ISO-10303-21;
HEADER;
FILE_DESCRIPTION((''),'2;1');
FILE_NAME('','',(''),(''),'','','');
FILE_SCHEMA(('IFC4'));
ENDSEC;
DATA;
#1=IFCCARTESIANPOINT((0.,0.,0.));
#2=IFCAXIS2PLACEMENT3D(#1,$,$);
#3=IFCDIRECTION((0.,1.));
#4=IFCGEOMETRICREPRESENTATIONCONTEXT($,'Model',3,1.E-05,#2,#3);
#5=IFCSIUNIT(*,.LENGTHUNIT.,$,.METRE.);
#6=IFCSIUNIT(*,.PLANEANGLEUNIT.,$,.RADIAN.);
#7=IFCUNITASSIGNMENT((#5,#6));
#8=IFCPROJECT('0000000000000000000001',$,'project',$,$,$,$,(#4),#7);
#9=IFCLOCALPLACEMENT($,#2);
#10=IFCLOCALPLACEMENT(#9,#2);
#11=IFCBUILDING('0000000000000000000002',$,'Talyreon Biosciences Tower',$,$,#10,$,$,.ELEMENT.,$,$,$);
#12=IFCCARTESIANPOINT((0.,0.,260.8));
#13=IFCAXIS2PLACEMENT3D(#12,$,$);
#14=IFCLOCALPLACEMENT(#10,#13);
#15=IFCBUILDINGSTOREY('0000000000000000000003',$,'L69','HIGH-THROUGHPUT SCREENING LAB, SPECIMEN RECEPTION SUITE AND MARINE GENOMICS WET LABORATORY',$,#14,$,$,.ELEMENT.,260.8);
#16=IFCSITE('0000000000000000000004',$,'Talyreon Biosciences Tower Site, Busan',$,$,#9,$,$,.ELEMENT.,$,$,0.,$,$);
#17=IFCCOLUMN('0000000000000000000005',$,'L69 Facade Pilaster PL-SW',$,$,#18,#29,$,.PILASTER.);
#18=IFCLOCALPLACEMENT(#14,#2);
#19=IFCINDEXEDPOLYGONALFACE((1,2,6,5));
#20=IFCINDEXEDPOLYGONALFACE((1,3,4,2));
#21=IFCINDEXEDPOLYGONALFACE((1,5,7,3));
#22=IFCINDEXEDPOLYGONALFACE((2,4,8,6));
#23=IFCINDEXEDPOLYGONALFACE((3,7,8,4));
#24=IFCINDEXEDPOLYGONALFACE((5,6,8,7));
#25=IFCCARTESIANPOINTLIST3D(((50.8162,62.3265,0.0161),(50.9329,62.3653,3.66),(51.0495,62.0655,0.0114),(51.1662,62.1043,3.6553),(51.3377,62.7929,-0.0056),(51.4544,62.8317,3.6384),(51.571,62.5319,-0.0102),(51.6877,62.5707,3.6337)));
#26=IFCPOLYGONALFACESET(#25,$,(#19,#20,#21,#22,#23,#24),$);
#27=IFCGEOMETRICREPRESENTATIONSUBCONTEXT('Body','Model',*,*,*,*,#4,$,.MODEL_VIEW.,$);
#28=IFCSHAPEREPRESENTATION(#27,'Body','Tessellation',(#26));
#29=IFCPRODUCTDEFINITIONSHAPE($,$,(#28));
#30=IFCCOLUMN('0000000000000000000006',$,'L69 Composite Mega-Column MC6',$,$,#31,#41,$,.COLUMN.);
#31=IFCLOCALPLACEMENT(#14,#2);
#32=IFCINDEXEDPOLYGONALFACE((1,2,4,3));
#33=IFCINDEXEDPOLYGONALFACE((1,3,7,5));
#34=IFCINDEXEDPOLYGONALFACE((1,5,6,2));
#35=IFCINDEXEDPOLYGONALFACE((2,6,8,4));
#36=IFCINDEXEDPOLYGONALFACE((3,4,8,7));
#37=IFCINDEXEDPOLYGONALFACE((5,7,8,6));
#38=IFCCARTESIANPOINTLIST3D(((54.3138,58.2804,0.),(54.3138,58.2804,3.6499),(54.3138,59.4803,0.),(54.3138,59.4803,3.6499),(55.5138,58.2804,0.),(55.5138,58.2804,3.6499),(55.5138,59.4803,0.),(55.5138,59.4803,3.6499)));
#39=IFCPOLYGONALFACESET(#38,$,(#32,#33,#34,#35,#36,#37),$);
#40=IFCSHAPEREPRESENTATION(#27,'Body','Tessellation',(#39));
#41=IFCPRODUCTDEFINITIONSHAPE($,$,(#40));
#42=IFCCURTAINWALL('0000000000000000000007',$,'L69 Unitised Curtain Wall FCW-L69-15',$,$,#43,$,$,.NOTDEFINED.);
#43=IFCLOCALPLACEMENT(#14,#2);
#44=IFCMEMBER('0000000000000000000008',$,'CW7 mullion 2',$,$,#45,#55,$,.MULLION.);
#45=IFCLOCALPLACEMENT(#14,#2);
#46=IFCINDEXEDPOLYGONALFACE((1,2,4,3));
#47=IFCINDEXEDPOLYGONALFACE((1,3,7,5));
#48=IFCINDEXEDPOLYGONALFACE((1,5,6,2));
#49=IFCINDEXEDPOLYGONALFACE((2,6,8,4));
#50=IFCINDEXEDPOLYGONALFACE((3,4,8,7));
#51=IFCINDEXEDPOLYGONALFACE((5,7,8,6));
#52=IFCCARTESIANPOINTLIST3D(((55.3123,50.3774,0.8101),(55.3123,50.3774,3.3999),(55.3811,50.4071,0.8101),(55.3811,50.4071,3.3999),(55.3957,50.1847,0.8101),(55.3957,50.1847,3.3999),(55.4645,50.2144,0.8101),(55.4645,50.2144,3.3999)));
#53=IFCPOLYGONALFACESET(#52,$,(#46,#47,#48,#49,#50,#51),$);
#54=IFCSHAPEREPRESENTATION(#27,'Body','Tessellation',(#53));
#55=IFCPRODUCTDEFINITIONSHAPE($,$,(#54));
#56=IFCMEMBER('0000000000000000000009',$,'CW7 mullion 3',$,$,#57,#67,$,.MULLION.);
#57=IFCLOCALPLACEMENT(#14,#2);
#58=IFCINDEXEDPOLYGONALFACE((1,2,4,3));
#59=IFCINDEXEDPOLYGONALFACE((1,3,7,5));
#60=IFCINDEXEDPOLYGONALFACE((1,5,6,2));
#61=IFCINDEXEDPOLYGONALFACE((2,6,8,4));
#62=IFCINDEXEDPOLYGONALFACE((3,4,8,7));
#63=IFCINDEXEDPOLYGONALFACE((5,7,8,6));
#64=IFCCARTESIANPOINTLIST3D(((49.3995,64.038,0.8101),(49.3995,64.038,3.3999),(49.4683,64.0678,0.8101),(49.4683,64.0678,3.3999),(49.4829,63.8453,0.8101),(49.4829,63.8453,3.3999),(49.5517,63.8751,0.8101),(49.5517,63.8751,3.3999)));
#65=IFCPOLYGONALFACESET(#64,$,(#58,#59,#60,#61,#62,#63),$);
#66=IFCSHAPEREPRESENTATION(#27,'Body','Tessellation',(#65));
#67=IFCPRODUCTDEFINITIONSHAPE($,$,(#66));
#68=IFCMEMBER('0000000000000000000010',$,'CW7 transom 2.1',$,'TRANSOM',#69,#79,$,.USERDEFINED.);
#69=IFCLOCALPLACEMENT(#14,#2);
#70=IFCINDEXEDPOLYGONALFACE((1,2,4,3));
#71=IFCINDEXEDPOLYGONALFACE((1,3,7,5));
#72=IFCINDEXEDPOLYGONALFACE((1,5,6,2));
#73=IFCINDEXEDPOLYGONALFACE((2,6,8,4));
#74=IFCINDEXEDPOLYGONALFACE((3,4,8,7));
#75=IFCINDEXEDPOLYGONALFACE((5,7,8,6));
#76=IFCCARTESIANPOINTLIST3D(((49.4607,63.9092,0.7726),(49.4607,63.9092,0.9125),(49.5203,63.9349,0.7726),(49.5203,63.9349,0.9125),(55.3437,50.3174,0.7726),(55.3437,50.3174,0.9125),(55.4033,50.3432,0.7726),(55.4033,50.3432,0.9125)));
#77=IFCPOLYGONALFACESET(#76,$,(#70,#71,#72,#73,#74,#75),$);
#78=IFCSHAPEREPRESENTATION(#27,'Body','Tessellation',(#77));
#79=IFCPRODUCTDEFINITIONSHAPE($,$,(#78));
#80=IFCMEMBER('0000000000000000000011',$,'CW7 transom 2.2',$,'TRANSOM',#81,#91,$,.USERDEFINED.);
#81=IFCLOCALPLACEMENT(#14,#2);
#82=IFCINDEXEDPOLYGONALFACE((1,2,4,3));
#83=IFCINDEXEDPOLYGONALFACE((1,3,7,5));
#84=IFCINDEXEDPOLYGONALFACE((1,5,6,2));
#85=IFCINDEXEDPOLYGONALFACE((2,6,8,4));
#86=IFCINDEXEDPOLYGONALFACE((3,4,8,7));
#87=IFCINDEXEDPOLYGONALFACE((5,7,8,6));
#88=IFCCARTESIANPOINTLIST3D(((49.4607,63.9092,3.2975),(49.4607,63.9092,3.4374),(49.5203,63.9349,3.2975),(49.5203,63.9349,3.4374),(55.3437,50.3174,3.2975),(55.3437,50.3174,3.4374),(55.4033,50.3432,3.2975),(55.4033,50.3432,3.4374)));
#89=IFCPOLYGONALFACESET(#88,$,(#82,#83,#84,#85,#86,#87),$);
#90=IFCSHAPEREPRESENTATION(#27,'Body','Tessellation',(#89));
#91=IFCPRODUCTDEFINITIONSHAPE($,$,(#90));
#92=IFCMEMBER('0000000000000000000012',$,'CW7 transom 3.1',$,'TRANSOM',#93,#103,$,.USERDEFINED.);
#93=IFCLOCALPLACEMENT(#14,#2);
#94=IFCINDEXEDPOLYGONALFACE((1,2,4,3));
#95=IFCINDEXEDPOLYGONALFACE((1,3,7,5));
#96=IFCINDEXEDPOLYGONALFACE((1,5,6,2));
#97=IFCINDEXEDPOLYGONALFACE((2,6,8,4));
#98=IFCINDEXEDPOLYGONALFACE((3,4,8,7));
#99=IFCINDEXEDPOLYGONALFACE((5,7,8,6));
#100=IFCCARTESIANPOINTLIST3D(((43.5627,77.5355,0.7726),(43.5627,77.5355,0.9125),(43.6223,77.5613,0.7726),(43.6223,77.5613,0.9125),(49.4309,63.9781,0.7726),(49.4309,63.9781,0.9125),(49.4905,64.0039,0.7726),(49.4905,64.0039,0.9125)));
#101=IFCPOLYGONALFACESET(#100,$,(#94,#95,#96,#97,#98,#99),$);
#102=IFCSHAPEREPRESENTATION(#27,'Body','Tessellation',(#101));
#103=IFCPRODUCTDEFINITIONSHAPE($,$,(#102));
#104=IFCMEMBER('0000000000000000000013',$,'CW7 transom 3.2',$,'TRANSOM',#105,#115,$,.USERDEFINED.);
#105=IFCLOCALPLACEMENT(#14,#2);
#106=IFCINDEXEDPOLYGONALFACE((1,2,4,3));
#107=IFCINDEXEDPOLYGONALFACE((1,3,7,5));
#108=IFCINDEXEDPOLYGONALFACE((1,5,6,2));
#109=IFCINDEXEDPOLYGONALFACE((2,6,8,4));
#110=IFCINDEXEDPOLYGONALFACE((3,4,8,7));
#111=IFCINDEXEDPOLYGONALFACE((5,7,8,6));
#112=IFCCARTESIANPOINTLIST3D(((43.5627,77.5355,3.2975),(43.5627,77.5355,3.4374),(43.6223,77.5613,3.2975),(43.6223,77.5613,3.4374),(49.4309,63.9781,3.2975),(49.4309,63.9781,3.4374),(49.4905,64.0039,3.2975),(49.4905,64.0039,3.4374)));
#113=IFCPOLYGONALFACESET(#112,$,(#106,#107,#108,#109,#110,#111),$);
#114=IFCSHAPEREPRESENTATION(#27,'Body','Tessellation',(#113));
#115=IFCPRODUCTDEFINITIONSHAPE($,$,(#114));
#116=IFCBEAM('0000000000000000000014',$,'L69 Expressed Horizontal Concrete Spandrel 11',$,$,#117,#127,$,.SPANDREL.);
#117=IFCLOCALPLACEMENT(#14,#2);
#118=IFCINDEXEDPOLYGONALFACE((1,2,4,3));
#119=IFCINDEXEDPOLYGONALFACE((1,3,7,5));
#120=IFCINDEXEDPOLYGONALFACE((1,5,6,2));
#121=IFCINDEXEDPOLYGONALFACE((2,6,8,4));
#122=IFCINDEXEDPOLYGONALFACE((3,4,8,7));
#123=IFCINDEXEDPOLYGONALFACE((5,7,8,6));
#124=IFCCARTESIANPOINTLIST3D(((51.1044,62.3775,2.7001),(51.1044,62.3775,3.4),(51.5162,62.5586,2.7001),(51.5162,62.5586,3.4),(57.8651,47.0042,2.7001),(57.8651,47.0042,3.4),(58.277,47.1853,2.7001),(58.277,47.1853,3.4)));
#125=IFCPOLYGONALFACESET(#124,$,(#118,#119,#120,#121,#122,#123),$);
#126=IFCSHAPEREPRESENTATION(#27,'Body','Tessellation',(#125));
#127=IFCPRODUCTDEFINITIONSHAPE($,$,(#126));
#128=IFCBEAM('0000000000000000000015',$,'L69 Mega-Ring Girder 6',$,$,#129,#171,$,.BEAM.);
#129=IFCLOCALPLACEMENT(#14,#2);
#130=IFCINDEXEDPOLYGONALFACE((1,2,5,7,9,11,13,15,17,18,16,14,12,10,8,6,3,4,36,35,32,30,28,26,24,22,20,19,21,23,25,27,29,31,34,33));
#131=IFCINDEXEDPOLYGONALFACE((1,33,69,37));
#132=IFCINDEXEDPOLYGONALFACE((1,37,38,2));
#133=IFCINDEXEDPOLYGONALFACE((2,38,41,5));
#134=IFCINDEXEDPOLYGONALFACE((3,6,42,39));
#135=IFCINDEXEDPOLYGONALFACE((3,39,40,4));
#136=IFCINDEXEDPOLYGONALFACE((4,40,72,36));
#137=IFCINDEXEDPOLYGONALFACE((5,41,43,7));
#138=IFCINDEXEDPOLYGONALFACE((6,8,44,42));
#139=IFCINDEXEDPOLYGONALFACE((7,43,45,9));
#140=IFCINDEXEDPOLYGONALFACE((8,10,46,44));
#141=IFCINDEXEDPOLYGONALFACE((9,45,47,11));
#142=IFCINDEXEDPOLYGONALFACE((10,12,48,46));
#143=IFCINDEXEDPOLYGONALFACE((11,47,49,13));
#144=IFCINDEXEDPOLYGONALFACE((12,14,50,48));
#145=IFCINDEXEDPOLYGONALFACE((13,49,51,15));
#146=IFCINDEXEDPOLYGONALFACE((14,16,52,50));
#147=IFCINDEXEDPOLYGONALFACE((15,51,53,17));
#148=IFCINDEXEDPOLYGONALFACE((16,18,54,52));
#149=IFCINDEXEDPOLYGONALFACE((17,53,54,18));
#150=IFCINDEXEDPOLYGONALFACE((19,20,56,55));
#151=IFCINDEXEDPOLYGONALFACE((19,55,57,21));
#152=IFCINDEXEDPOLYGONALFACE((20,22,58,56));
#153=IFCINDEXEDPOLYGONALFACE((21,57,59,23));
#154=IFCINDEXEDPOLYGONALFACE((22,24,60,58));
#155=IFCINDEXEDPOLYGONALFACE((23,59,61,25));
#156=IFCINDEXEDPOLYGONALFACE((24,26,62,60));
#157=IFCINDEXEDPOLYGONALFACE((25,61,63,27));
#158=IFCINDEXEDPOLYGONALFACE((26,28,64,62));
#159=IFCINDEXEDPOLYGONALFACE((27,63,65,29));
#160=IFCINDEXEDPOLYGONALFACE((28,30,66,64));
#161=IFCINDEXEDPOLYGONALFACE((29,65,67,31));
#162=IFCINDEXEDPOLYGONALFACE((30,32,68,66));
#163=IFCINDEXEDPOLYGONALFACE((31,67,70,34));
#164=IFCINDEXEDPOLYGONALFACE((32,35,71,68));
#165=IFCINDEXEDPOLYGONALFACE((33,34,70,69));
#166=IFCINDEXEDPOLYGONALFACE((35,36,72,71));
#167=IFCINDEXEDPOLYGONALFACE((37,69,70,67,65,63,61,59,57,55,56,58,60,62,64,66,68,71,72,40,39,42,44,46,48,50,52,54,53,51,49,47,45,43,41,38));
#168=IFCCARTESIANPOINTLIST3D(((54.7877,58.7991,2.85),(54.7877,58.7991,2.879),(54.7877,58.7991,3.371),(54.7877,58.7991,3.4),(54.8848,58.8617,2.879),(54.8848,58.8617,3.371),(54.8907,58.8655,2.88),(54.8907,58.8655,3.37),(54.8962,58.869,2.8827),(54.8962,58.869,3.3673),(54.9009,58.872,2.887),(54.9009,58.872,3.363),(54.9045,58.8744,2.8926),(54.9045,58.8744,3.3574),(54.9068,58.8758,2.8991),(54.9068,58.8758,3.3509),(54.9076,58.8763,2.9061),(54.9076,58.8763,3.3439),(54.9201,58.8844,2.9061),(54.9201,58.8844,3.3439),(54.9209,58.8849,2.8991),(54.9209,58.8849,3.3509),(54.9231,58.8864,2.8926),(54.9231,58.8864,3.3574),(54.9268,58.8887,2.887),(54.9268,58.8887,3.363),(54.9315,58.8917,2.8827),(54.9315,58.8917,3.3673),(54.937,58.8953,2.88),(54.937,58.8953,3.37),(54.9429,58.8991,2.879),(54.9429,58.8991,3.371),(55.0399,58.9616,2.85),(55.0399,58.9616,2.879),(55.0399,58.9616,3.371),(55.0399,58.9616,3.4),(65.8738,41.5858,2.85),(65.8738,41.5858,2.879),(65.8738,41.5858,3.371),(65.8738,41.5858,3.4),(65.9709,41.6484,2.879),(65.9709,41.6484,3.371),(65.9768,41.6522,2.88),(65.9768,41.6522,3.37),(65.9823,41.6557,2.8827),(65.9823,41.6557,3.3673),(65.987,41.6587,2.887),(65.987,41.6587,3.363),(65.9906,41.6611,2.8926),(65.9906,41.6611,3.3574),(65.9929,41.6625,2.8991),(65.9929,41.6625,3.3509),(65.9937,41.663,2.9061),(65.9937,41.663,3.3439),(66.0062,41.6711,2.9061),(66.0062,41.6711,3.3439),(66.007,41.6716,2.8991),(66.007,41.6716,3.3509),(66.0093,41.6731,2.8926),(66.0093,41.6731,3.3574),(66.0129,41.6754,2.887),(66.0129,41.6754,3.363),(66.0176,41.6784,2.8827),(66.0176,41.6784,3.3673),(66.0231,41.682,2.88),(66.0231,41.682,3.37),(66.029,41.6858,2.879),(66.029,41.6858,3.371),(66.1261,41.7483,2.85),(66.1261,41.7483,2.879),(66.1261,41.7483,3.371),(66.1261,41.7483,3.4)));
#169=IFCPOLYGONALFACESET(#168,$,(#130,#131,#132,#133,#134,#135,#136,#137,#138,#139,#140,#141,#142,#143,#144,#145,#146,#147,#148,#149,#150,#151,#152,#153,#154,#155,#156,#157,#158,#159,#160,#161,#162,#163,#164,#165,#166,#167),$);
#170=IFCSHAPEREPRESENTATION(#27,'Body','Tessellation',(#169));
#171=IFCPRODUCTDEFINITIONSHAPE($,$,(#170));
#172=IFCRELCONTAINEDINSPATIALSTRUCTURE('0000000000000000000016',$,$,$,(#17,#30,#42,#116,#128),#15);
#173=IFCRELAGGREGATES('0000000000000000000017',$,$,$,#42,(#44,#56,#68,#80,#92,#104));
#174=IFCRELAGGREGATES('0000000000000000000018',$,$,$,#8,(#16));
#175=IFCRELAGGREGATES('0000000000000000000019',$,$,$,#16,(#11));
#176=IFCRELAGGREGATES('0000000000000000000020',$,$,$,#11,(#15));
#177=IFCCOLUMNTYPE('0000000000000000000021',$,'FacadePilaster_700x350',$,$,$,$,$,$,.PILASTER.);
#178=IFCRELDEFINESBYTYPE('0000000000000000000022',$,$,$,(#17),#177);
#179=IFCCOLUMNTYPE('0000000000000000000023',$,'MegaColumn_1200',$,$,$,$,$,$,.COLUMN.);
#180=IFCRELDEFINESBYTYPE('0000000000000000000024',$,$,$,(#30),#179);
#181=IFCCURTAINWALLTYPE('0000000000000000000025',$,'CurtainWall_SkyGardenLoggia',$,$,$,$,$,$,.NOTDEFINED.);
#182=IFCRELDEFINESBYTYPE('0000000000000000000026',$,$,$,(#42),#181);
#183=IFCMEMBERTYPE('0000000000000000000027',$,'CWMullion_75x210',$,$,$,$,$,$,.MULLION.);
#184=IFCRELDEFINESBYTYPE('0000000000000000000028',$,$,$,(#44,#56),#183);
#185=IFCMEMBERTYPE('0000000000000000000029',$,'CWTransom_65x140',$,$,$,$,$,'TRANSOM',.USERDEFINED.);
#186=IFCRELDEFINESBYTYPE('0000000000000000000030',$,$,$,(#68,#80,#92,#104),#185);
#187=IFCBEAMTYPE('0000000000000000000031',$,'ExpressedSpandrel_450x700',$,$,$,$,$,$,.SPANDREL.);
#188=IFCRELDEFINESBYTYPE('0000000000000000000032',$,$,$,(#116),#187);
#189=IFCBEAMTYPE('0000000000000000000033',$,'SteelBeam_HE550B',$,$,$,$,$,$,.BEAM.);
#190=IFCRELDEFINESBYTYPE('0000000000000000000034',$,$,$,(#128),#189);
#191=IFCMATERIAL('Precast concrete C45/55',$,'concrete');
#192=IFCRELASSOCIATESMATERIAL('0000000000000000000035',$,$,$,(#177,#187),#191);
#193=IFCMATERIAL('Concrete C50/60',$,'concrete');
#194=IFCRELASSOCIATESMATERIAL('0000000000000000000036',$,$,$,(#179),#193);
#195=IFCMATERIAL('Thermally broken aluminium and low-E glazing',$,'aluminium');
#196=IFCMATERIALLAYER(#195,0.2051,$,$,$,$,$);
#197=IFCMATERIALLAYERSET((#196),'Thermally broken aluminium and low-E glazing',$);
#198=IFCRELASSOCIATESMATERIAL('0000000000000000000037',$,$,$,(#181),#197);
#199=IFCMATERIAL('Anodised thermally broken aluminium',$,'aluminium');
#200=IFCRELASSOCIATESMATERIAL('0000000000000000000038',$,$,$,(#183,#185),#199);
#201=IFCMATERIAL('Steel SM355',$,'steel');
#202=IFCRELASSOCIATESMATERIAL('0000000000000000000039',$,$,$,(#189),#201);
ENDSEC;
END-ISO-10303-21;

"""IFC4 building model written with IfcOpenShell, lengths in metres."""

from ifc_helpers import new_model, si_unit, direction, frame, origin, origin_2d, place, context, subcontext, project, spatial, rectangle, i_section, extrude, material, layer, layer_set, material_profile, profile_set, type_object, element, aggregate, save


model = new_model("IFC4")

# Units and contexts
model_context = context("Model", 3, precision=1e-05, world=origin(), true_north=direction((0.0, 1.0)))
body_context = subcontext(model_context, "Body", "Model", "MODEL_VIEW")
ifc_project = project(units=[si_unit("LENGTHUNIT", "METRE"), si_unit("PLANEANGLEUNIT", "RADIAN")], contexts=[model_context])

# Site, building, storey
site_placement = place(None, origin())
site = spatial("IfcSite", under=ifc_project, at=site_placement, Name="Talyreon Biosciences Tower Site, Busan", CompositionType="ELEMENT", RefElevation=0.0)
building_placement = place(site_placement, origin())
building = spatial("IfcBuilding", under=site, at=building_placement, Name="Talyreon Biosciences Tower", CompositionType="ELEMENT")
storey_placement = place(building_placement, frame((0.0, 0.0, 260.8)))
storey = spatial("IfcBuildingStorey", under=building, at=storey_placement, Name="L69", Description="HIGH-THROUGHPUT SCREENING LAB, SPECIMEN RECEPTION SUITE AND MARINE GENOMICS WET LABORATORY", CompositionType="ELEMENT", Elevation=260.8)

# Columns
ifc_material_1 = material(Name="Precast concrete C45/55", Category="concrete")
ifc_material_profile_1 = material_profile(ifc_material_1, rectangle(XDim=0.7, YDim=0.3501, at=origin_2d()), Name="RC 700x350")
ifc_profile_set_1 = profile_set([ifc_material_profile_1], Name="Precast concrete C45/55")
column_type_1 = type_object("IfcColumnType", Name="FacadePilaster_700x350", PredefinedType="PILASTER", material=ifc_profile_set_1)
column_1_placement = place(storey_placement, frame((51.1936, 62.4292, 0.0029), z_axis=(0.032006, 0.010646, 0.999431), x_axis=(0.744934, 0.666419, -0.030955)))
element("IfcColumn", 1, at=column_1_placement, inside=storey, type_object=column_type_1, Name="L69 Facade Pilaster PL-SW", PredefinedType="PILASTER", context=body_context, shape_type="SweptSolid", body=[
    extrude(rectangle(XDim=0.7, YDim=0.3501, at=origin_2d()), origin(), (0.0, 0.0, 1.0), 3.646),
])
ifc_material_2 = material(Name="Concrete C50/60", Category="concrete")
ifc_material_profile_2 = material_profile(ifc_material_2, rectangle(XDim=1.2, YDim=1.2, at=origin_2d()), Name="RC 1200x1200")
ifc_profile_set_2 = profile_set([ifc_material_profile_2], Name="Concrete C50/60")
column_type_2 = type_object("IfcColumnType", Name="MegaColumn_1200", PredefinedType="COLUMN", material=ifc_profile_set_2)
column_2_placement = place(storey_placement, frame((54.9138, 58.8804, 0.0), z_axis=(0.0, 0.0, 1.0), x_axis=(1.0, 0.0, 0.0)))
element("IfcColumn", 2, at=column_2_placement, inside=storey, type_object=column_type_2, Name="L69 Composite Mega-Column MC6", PredefinedType="COLUMN", context=body_context, shape_type="SweptSolid", body=[
    extrude(rectangle(XDim=1.2, YDim=1.2, at=origin_2d()), origin(), (0.0, 0.0, 1.0), 3.6499),
])

# Curtain wall, members
ifc_material_3 = material(Name="Thermally broken aluminium and low-E glazing", Category="aluminium")
ifc_layer_1 = layer(ifc_material_3, 0.2051)
ifc_layer_set_1 = layer_set([ifc_layer_1], Name="Thermally broken aluminium and low-E glazing")
curtain_wall_type = type_object("IfcCurtainWallType", Name="CurtainWall_SkyGardenLoggia", PredefinedType="NOTDEFINED", material=ifc_layer_set_1)
curtain_wall_placement = place(storey_placement, origin())
curtain_wall = element("IfcCurtainWall", 3, at=curtain_wall_placement, inside=storey, type_object=curtain_wall_type, Name="L69 Unitised Curtain Wall FCW-L69-15", PredefinedType="NOTDEFINED")
ifc_material_4 = material(Name="Anodised thermally broken aluminium", Category="aluminium")
ifc_material_profile_3 = material_profile(ifc_material_4, rectangle(XDim=0.075, YDim=0.21, at=origin_2d()), Name="ALUM MULLION 75x210")
ifc_profile_set_3 = profile_set([ifc_material_profile_3], Name="Anodised thermally broken aluminium")
member_type_1 = type_object("IfcMemberType", Name="CWMullion_75x210", PredefinedType="MULLION", material=ifc_profile_set_3)
member_1_placement = place(storey_placement, frame((55.3884, 50.2959, 0.8101), z_axis=(0.0, 0.0, 1.0), x_axis=(-0.917723, -0.397221, 0.0)))
member_1 = element("IfcMember", 4, at=member_1_placement, type_object=member_type_1, Name="CW7 mullion 2", PredefinedType="MULLION", context=body_context, shape_type="SweptSolid", body=[
    extrude(rectangle(XDim=0.075, YDim=0.21, at=origin_2d()), origin(), (0.0, 0.0, 1.0), 2.5898),
])
member_2_placement = place(storey_placement, frame((49.4756, 63.9565, 0.8101), z_axis=(0.0, 0.0, 1.0), x_axis=(-0.917723, -0.397221, 0.0)))
member_2 = element("IfcMember", 5, at=member_2_placement, type_object=member_type_1, Name="CW7 mullion 3", PredefinedType="MULLION", context=body_context, shape_type="SweptSolid", body=[
    extrude(rectangle(XDim=0.075, YDim=0.21, at=origin_2d()), origin(), (0.0, 0.0, 1.0), 2.5898),
])
ifc_material_profile_4 = material_profile(ifc_material_4, rectangle(XDim=0.0649, YDim=0.1399, at=origin_2d()), Name="ALUM TRANSOM 65x140")
ifc_profile_set_4 = profile_set([ifc_material_profile_4], Name="Anodised thermally broken aluminium")
member_type_2 = type_object("IfcMemberType", Name="CWTransom_65x140", ElementType="TRANSOM", PredefinedType="USERDEFINED", material=ifc_profile_set_4)
member_3_placement = place(storey_placement, frame((55.3735, 50.3303, 0.8425), z_axis=(-0.397225, 0.917721, 0.0), x_axis=(-0.917721, -0.397225, 0.0)))
member_3 = element("IfcMember", 6, at=member_3_placement, type_object=member_type_2, Name="CW7 transom 2.1", ObjectType="TRANSOM", PredefinedType="USERDEFINED", context=body_context, shape_type="SweptSolid", body=[
    extrude(rectangle(XDim=0.0649, YDim=0.1399, at=origin_2d()), origin(), (0.0, 0.0, 1.0), 14.8103),
])
member_4_placement = place(storey_placement, frame((55.3735, 50.3303, 3.3674), z_axis=(-0.397225, 0.917721, 0.0), x_axis=(-0.917721, -0.397225, 0.0)))
member_4 = element("IfcMember", 7, at=member_4_placement, type_object=member_type_2, Name="CW7 transom 2.2", ObjectType="TRANSOM", PredefinedType="USERDEFINED", context=body_context, shape_type="SweptSolid", body=[
    extrude(rectangle(XDim=0.0649, YDim=0.1399, at=origin_2d()), origin(), (0.0, 0.0, 1.0), 14.8103),
])
member_5_placement = place(storey_placement, frame((49.4607, 63.991, 0.8425), z_axis=(-0.397226, 0.917721, 0.0), x_axis=(-0.917721, -0.397226, 0.0)))
member_5 = element("IfcMember", 8, at=member_5_placement, type_object=member_type_2, Name="CW7 transom 3.1", ObjectType="TRANSOM", PredefinedType="USERDEFINED", context=body_context, shape_type="SweptSolid", body=[
    extrude(rectangle(XDim=0.0649, YDim=0.1399, at=origin_2d()), origin(), (0.0, 0.0, 1.0), 14.7729),
])
member_6_placement = place(storey_placement, frame((49.4607, 63.991, 3.3674), z_axis=(-0.397226, 0.917721, 0.0), x_axis=(-0.917721, -0.397226, 0.0)))
member_6 = element("IfcMember", 9, at=member_6_placement, type_object=member_type_2, Name="CW7 transom 3.2", ObjectType="TRANSOM", PredefinedType="USERDEFINED", context=body_context, shape_type="SweptSolid", body=[
    extrude(rectangle(XDim=0.0649, YDim=0.1399, at=origin_2d()), origin(), (0.0, 0.0, 1.0), 14.7729),
])

# Beams
ifc_material_profile_5 = material_profile(ifc_material_1, rectangle(XDim=0.45, YDim=0.7, at=origin_2d()), Name="RCB 450x700")
ifc_profile_set_5 = profile_set([ifc_material_profile_5], Name="Precast concrete C45/55")
beam_type_1 = type_object("IfcBeamType", Name="ExpressedSpandrel_450x700", PredefinedType="SPANDREL", material=ifc_profile_set_5)
beam_1_placement = place(storey_placement, frame((51.3103, 62.468, 3.05), z_axis=(0.402564, -0.915392, 0.0), x_axis=(0.915392, 0.402564, 0.0)))
element("IfcBeam", 10, at=beam_1_placement, inside=storey, type_object=beam_type_1, Name="L69 Expressed Horizontal Concrete Spandrel 11", PredefinedType="SPANDREL", context=body_context, shape_type="SweptSolid", body=[
    extrude(rectangle(XDim=0.45, YDim=0.7, at=origin_2d()), origin(), (0.0, 0.0, 1.0), 16.7942),
])
ifc_material_5 = material(Name="Steel SM355", Category="steel")
ifc_material_profile_6 = material_profile(ifc_material_5, i_section(OverallWidth=0.3, OverallDepth=0.55, WebThickness=0.0149, FlangeThickness=0.0291, FilletRadius=0.0271, at=origin_2d()), Name="HE550B")
ifc_profile_set_6 = profile_set([ifc_material_profile_6], Name="Steel SM355")
beam_type_2 = type_object("IfcBeamType", Name="SteelBeam_HE550B", PredefinedType="BEAM", material=ifc_profile_set_6)
beam_2_placement = place(storey_placement, frame((54.9138, 58.8804, 3.125), z_axis=(0.541464, -0.840724, 0.0), x_axis=(0.840724, 0.541464, 0.0)))
element("IfcBeam", 11, at=beam_2_placement, inside=storey, type_object=beam_type_2, Name="L69 Mega-Ring Girder 6", PredefinedType="BEAM", context=body_context, shape_type="SweptSolid", body=[
    extrude(i_section(OverallWidth=0.3, OverallDepth=0.55, WebThickness=0.0149, FlangeThickness=0.0291, FilletRadius=0.0271, at=origin_2d()), origin(), (0.0, 0.0, 1.0), 20.4744),
])

aggregate(curtain_wall, [member_1, member_2, member_3, member_4, member_5, member_6])

save(model, "model.ifc")
